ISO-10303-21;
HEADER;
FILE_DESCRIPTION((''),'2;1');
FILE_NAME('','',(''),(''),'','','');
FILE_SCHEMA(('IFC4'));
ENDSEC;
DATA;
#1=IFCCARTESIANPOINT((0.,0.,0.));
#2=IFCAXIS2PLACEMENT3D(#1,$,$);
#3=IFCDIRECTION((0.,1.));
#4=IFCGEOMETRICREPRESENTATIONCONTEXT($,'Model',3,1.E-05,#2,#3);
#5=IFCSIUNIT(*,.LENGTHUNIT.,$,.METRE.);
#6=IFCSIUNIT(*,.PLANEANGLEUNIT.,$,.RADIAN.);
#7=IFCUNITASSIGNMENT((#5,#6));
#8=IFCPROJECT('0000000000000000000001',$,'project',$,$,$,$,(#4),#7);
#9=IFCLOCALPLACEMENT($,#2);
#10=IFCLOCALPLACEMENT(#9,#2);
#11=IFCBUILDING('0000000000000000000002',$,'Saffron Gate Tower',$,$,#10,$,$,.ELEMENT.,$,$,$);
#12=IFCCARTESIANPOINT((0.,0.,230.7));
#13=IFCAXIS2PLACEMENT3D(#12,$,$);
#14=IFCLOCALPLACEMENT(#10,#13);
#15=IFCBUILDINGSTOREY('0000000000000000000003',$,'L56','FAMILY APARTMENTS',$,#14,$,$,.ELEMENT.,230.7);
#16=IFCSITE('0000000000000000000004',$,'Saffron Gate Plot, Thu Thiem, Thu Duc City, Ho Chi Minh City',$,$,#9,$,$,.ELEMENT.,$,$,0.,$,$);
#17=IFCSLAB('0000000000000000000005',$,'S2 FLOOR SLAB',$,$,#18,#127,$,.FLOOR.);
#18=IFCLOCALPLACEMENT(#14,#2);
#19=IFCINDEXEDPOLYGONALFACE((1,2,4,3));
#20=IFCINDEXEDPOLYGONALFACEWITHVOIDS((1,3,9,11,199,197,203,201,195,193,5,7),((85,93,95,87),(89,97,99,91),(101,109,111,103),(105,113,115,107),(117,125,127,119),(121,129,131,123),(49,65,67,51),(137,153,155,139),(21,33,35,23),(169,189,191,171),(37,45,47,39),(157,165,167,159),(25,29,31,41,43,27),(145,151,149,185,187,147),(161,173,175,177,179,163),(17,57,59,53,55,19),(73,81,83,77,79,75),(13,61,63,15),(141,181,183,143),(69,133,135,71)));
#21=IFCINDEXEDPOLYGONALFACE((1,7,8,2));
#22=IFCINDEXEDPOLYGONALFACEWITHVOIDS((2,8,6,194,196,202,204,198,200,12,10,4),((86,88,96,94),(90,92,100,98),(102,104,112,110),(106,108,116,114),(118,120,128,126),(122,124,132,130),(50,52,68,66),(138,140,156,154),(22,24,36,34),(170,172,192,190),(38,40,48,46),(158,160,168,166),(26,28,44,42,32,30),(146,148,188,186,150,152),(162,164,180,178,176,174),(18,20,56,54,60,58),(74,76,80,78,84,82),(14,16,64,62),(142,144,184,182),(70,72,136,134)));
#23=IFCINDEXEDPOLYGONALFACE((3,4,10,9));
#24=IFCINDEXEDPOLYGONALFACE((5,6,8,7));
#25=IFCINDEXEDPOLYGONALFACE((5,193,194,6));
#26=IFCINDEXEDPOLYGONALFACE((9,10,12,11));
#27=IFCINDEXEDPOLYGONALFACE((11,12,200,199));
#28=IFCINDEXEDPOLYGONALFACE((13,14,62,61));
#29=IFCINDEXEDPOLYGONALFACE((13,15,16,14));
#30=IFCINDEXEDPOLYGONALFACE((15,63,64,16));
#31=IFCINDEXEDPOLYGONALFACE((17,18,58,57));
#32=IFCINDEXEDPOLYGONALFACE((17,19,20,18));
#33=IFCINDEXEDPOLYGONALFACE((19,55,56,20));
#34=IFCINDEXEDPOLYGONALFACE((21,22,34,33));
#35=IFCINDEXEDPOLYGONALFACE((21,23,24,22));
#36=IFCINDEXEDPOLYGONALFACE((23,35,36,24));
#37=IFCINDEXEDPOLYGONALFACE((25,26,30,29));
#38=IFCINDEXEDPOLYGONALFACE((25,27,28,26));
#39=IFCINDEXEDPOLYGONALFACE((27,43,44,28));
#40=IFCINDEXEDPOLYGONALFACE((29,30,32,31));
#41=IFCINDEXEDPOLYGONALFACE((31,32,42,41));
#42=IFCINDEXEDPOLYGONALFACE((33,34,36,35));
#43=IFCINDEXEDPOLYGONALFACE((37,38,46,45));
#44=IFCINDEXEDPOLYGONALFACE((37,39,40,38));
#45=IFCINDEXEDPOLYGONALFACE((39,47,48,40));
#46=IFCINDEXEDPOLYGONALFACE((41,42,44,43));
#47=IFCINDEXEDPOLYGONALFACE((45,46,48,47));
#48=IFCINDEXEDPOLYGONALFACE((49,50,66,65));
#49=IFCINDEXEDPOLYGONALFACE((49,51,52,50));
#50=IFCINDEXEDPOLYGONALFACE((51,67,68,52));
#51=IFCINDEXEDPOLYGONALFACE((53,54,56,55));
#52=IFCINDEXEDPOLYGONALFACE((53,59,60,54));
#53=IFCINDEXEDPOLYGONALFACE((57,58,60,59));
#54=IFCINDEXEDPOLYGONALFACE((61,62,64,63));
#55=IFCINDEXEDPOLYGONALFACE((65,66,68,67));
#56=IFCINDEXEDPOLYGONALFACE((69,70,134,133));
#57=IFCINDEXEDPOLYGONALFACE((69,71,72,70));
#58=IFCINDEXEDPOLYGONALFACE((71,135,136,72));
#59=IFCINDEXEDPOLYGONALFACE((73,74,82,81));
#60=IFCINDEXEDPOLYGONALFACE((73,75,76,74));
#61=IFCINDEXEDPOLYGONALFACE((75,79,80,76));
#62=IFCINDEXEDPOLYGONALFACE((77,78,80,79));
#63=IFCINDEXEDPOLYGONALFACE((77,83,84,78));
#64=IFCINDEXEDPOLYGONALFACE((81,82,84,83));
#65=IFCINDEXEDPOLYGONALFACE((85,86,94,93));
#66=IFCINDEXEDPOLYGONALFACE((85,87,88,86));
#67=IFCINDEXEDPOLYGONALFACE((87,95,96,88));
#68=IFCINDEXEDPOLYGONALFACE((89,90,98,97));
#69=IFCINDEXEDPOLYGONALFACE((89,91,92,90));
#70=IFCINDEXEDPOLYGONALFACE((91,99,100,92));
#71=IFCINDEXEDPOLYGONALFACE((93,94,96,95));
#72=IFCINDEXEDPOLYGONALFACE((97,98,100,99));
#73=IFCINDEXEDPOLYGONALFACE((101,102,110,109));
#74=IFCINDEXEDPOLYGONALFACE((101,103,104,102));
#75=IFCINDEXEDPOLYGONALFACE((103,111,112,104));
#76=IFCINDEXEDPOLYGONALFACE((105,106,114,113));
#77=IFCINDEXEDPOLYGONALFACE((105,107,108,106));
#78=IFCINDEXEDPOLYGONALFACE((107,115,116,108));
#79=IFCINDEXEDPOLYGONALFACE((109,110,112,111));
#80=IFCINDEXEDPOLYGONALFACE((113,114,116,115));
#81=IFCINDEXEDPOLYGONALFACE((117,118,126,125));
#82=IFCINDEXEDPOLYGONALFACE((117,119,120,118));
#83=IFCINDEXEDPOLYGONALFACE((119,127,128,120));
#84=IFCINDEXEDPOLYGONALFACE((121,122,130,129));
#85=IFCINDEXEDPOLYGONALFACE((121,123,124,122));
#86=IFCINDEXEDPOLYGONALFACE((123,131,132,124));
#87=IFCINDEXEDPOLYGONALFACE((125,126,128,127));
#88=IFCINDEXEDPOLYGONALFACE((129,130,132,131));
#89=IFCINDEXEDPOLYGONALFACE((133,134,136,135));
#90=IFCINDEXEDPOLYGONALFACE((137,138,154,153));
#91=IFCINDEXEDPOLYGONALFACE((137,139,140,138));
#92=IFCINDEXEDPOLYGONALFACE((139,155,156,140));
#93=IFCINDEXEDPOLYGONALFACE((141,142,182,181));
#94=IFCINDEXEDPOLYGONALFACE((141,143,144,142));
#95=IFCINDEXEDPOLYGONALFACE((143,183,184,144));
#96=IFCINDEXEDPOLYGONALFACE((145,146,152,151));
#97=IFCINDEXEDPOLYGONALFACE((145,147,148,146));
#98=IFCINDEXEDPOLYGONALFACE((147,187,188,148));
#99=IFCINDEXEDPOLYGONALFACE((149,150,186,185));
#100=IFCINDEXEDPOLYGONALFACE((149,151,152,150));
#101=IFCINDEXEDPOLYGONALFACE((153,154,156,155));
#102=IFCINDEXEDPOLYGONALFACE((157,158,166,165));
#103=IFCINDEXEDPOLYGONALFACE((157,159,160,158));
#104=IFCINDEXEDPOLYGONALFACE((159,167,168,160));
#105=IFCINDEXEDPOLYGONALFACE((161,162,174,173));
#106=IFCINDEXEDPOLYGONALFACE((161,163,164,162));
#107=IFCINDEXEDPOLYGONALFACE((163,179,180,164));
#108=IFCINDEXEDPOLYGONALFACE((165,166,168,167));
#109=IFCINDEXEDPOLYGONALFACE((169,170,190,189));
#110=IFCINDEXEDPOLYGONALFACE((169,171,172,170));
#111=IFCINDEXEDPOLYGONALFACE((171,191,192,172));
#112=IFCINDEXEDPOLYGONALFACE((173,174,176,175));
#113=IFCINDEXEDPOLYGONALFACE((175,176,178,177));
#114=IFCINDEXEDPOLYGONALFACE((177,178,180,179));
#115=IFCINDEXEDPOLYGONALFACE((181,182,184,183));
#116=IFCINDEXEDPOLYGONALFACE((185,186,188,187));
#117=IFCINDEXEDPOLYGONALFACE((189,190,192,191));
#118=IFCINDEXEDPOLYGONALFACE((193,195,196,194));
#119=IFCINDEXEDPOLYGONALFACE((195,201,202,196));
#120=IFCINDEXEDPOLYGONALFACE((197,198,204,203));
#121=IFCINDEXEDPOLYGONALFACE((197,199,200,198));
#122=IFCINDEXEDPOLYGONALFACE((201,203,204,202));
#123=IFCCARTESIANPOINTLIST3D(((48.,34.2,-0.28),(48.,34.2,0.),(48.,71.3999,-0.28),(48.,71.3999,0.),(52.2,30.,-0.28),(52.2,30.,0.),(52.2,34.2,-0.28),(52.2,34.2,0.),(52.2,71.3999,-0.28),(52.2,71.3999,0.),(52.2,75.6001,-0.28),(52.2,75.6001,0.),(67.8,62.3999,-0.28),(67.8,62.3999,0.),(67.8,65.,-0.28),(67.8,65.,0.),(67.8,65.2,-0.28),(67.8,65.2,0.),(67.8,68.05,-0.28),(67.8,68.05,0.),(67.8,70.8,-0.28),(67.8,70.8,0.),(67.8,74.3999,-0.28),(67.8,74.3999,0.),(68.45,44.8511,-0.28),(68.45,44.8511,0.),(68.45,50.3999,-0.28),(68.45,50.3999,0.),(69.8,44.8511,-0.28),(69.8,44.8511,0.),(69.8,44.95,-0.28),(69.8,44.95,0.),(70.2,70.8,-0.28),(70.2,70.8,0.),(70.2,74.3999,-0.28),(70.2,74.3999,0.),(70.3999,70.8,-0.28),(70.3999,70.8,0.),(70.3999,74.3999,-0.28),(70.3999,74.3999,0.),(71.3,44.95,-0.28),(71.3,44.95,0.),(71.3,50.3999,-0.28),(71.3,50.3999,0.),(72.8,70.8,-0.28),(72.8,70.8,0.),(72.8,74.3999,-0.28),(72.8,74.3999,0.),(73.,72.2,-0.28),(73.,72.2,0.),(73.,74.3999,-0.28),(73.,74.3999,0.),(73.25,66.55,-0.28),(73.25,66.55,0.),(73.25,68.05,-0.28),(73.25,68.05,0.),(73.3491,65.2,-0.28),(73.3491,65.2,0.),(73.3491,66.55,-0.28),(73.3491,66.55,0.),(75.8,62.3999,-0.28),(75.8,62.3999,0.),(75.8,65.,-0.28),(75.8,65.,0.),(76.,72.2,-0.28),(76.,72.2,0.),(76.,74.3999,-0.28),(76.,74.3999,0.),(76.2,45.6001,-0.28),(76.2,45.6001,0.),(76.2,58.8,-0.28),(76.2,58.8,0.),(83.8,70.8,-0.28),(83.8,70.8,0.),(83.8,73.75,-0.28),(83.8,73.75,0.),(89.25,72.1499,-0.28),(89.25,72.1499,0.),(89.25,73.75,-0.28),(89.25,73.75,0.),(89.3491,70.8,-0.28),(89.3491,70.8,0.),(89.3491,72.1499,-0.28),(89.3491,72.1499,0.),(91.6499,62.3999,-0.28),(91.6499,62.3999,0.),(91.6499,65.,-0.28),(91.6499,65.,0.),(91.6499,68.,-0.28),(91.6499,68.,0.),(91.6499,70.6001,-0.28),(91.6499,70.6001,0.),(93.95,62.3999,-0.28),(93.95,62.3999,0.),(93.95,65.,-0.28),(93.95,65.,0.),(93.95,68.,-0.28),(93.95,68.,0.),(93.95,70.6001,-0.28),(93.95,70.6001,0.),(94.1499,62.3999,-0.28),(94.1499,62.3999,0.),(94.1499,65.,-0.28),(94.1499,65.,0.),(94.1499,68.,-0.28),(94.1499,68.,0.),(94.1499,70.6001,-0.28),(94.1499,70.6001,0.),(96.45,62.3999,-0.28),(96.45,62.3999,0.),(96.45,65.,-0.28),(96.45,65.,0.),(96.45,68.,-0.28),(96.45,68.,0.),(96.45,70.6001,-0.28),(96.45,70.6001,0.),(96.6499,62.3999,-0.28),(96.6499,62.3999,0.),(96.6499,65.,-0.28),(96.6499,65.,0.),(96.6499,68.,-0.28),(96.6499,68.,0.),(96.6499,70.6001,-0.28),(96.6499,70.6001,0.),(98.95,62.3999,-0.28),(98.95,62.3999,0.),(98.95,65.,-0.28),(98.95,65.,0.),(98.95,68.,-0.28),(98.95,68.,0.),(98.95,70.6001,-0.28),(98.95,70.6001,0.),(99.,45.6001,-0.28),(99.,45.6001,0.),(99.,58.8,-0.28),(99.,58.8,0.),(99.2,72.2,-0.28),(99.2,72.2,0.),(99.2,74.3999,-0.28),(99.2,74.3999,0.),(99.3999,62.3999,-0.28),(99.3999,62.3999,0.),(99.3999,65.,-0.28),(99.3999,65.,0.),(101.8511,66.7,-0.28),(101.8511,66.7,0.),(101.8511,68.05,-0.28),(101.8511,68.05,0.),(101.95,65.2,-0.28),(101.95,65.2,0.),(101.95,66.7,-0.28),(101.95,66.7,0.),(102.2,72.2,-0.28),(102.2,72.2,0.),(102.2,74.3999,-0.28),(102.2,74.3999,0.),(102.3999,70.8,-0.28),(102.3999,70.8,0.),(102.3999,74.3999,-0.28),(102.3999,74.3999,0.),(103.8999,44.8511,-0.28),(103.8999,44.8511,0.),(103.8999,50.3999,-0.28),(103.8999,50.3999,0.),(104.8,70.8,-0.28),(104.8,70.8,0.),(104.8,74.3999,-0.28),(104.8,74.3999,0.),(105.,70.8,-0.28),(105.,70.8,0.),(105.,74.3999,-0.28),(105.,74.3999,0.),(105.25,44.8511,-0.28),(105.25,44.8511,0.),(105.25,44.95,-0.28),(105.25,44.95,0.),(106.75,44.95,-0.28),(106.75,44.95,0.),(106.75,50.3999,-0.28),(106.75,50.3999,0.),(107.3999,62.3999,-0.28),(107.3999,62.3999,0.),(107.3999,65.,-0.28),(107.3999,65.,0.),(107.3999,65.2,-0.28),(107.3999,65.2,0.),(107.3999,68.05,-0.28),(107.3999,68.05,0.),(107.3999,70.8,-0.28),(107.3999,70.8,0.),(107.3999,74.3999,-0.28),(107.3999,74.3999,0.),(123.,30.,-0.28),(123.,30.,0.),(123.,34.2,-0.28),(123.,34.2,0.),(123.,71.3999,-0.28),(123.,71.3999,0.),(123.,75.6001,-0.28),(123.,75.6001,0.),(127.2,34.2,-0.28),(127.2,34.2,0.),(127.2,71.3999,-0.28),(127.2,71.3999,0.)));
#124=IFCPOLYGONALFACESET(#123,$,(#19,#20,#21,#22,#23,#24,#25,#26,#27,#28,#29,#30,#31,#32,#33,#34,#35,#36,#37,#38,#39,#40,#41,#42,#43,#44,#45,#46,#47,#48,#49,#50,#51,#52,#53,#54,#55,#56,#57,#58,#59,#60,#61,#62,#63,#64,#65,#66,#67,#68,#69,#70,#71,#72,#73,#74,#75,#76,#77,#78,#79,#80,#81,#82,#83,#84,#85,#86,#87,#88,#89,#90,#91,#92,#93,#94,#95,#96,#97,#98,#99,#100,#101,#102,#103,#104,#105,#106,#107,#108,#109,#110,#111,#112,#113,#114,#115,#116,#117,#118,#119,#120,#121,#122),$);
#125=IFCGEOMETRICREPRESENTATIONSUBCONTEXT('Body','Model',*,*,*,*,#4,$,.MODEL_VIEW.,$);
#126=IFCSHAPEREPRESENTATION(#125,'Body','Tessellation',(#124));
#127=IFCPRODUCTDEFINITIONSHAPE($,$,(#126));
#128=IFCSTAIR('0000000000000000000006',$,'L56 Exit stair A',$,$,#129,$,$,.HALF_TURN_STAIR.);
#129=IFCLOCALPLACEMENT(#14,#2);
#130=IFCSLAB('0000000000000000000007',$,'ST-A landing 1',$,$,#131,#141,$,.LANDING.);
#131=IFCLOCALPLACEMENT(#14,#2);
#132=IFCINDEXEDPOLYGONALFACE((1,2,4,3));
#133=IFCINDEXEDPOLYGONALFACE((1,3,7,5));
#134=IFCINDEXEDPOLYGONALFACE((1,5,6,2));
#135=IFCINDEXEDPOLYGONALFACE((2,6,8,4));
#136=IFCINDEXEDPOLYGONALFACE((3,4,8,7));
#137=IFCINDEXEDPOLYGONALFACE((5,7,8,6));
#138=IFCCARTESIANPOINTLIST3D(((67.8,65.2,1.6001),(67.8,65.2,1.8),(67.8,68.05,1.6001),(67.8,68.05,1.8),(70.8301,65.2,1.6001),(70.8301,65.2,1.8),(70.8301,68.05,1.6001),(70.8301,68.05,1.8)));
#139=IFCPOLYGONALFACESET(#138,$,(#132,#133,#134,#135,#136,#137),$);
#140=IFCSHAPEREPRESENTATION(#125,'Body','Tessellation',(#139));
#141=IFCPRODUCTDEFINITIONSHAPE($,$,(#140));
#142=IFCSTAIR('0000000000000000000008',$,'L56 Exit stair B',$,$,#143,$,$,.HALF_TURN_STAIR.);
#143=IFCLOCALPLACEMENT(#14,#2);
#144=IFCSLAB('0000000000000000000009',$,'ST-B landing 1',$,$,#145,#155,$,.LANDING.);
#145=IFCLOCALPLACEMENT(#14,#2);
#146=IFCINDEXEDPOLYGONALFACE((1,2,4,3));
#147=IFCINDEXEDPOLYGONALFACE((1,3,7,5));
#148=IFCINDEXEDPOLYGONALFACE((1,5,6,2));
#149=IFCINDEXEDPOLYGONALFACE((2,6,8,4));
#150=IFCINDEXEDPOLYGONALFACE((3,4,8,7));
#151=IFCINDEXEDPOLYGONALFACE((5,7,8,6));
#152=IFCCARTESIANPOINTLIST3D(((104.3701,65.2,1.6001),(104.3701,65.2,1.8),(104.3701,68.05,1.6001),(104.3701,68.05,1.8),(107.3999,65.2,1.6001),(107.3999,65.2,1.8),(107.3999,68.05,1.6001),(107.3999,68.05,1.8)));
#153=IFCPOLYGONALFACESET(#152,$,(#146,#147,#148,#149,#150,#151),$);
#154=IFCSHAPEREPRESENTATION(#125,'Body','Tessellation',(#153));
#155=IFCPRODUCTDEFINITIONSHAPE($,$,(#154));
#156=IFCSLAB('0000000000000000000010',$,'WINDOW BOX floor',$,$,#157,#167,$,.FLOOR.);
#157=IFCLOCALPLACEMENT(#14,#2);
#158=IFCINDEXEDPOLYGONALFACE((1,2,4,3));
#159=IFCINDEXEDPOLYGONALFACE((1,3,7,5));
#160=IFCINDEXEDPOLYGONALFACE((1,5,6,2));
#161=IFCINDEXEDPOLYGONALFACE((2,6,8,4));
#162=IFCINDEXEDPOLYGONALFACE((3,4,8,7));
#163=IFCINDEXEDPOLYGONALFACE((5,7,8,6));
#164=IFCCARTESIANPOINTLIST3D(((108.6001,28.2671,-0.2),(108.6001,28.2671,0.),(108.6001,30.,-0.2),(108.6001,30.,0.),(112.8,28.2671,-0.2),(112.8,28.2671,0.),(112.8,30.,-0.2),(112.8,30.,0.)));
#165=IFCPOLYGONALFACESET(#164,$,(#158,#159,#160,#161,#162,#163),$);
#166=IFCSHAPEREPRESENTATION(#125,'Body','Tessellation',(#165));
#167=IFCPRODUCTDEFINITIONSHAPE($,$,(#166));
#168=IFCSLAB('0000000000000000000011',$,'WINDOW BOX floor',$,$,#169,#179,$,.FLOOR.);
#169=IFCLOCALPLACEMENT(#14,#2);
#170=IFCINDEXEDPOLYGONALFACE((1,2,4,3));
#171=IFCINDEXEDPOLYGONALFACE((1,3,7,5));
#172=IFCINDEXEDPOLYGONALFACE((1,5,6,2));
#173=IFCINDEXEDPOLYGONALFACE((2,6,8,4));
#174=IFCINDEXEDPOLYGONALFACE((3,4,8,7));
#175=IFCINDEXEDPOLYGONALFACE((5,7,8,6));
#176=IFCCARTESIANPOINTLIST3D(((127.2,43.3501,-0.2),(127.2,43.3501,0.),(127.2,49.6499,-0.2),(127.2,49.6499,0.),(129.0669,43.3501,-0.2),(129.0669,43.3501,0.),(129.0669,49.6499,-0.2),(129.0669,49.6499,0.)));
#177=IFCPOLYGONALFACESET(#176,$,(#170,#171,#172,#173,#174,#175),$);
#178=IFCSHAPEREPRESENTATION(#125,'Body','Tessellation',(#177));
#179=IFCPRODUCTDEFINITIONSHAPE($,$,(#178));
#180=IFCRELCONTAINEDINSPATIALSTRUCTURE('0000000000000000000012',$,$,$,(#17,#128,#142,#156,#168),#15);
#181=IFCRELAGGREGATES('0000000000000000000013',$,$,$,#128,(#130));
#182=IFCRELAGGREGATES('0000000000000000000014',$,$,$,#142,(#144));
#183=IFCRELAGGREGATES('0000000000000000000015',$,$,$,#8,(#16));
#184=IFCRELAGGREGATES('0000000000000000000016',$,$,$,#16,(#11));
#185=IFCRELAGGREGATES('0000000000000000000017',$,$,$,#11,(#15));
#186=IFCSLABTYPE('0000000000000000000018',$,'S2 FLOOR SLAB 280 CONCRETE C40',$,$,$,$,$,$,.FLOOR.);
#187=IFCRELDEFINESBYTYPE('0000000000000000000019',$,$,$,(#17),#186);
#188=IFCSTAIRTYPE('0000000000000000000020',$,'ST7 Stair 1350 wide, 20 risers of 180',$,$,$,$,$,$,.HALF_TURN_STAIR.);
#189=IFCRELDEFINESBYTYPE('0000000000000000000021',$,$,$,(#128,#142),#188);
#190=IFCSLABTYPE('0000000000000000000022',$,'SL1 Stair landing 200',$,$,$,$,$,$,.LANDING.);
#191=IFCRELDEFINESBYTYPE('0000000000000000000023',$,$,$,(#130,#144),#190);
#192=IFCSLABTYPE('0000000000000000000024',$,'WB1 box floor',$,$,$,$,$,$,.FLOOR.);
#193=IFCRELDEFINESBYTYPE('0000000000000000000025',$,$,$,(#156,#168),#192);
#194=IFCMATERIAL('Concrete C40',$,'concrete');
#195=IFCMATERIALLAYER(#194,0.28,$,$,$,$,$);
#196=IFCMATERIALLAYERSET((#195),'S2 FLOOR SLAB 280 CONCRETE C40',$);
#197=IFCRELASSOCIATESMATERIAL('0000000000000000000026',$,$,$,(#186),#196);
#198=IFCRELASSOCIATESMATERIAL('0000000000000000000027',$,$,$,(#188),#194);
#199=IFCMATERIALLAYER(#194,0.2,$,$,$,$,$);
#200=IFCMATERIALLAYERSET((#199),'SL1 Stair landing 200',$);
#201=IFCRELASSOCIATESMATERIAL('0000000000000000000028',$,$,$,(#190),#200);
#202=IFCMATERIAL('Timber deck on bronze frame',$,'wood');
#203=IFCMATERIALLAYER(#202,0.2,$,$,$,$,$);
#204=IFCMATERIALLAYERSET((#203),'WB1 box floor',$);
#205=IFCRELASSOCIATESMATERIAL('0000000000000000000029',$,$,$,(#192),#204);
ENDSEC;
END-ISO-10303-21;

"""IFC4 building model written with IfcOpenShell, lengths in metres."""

from ifc_helpers import new_model, si_unit, direction, frame, origin, place, context, subcontext, project, spatial, polyline, outline, extrude, material, layer, layer_set, type_object, element, aggregate, save


model = new_model("IFC4")

# Units and contexts
model_context = context("Model", 3, precision=1e-05, world=origin(), true_north=direction((0.0, 1.0)))
body_context = subcontext(model_context, "Body", "Model", "MODEL_VIEW")
ifc_project = project(units=[si_unit("LENGTHUNIT", "METRE"), si_unit("PLANEANGLEUNIT", "RADIAN")], contexts=[model_context])

# Site, building, storey
site_placement = place(None, origin())
site = spatial("IfcSite", under=ifc_project, at=site_placement, Name="Saffron Gate Plot, Thu Thiem, Thu Duc City, Ho Chi Minh City", CompositionType="ELEMENT", RefElevation=0.0)
building_placement = place(site_placement, origin())
building = spatial("IfcBuilding", under=site, at=building_placement, Name="Saffron Gate Tower", CompositionType="ELEMENT")
storey_placement = place(building_placement, frame((0.0, 0.0, 230.7)))
storey = spatial("IfcBuildingStorey", under=building, at=storey_placement, Name="L56", Description="FAMILY APARTMENTS", CompositionType="ELEMENT", Elevation=230.7)

# Slab
ifc_material_1 = material(Name="Concrete C40", Category="concrete")
ifc_layer_1 = layer(ifc_material_1, 0.28)
ifc_layer_set_1 = layer_set([ifc_layer_1], Name="S2 FLOOR SLAB 280 CONCRETE C40")
slab_type_1 = type_object("IfcSlabType", Name="S2 FLOOR SLAB 280 CONCRETE C40", PredefinedType="FLOOR", material=ifc_layer_set_1)
slab_1_placement = place(storey_placement, frame((0.0, 0.0, -0.28)))
element("IfcSlab", 1, at=slab_1_placement, inside=storey, type_object=slab_type_1, Name="S2 FLOOR SLAB", PredefinedType="FLOOR", context=body_context, shape_type="SweptSolid", body=[
    extrude(outline(polyline([(48.0, 34.2), (52.2, 34.2), (52.2, 30.0), (123.0, 30.0), (123.0, 34.2), (127.2, 34.2), (127.2, 71.3999), (123.0, 71.3999), (123.0, 75.6001), (52.2, 75.6001), (52.2, 71.3999), (48.0, 71.3999), (48.0, 34.2)]), holes=[polyline([(67.8, 62.3999), (67.8, 65.0), (75.8, 65.0), (75.8, 62.3999), (67.8, 62.3999)]), polyline([(67.8, 65.2), (67.8, 68.05), (73.25, 68.05), (73.25, 66.55), (73.3491, 66.55), (73.3491, 65.2), (67.8, 65.2)]), polyline([(67.8, 70.8), (67.8, 74.3999), (70.2, 74.3999), (70.2, 70.8), (67.8, 70.8)]), polyline([(68.45, 44.8511), (68.45, 50.3999), (71.3, 50.3999), (71.3, 44.95), (69.8, 44.95), (69.8, 44.8511), (68.45, 44.8511)]), polyline([(70.3999, 70.8), (70.3999, 74.3999), (72.8, 74.3999), (72.8, 70.8), (70.3999, 70.8)]), polyline([(73.0, 72.2), (73.0, 74.3999), (76.0, 74.3999), (76.0, 72.2), (73.0, 72.2)]), polyline([(76.2, 45.6001), (76.2, 58.8), (99.0, 58.8), (99.0, 45.6001), (76.2, 45.6001)]), polyline([(83.8, 70.8), (83.8, 73.75), (89.25, 73.75), (89.25, 72.1499), (89.3491, 72.1499), (89.3491, 70.8), (83.8, 70.8)]), polyline([(91.6499, 62.3999), (91.6499, 65.0), (93.95, 65.0), (93.95, 62.3999), (91.6499, 62.3999)]), polyline([(91.6499, 68.0), (91.6499, 70.6001), (93.95, 70.6001), (93.95, 68.0), (91.6499, 68.0)]), polyline([(94.1499, 62.3999), (94.1499, 65.0), (96.45, 65.0), (96.45, 62.3999), (94.1499, 62.3999)]), polyline([(94.1499, 68.0), (94.1499, 70.6001), (96.45, 70.6001), (96.45, 68.0), (94.1499, 68.0)]), polyline([(96.6499, 62.3999), (96.6499, 65.0), (98.95, 65.0), (98.95, 62.3999), (96.6499, 62.3999)]), polyline([(96.6499, 68.0), (96.6499, 70.6001), (98.95, 70.6001), (98.95, 68.0), (96.6499, 68.0)]), polyline([(99.2, 72.2), (99.2, 74.3999), (102.2, 74.3999), (102.2, 72.2), (99.2, 72.2)]), polyline([(99.3999, 62.3999), (99.3999, 65.0), (107.3999, 65.0), (107.3999, 62.3999), (99.3999, 62.3999)]), polyline([(101.8511, 66.7), (101.8511, 68.05), (107.3999, 68.05), (107.3999, 65.2), (101.95, 65.2), (101.95, 66.7), (101.8511, 66.7)]), polyline([(102.3999, 70.8), (102.3999, 74.3999), (104.8, 74.3999), (104.8, 70.8), (102.3999, 70.8)]), polyline([(103.8999, 44.8511), (103.8999, 50.3999), (106.75, 50.3999), (106.75, 44.95), (105.25, 44.95), (105.25, 44.8511), (103.8999, 44.8511)]), polyline([(105.0, 70.8), (105.0, 74.3999), (107.3999, 74.3999), (107.3999, 70.8), (105.0, 70.8)])]), origin(), (0.0, 0.0, 1.0), 0.28),
])

# Stairs, slabs
stair_type = type_object("IfcStairType", Name="ST7 Stair 1350 wide, 20 risers of 180", PredefinedType="HALF_TURN_STAIR", material=ifc_material_1)
stair_1_placement = place(storey_placement, origin())
stair_1 = element("IfcStair", 2, at=stair_1_placement, inside=storey, type_object=stair_type, Name="L56 Exit stair A", PredefinedType="HALF_TURN_STAIR")
ifc_layer_2 = layer(ifc_material_1, 0.2)
ifc_layer_set_2 = layer_set([ifc_layer_2], Name="SL1 Stair landing 200")
slab_type_2 = type_object("IfcSlabType", Name="SL1 Stair landing 200", PredefinedType="LANDING", material=ifc_layer_set_2)
slab_2_placement = place(storey_placement, frame((0.0, 0.0, 1.6001)))
slab_2 = element("IfcSlab", 3, at=slab_2_placement, type_object=slab_type_2, Name="ST-A landing 1", PredefinedType="LANDING", context=body_context, shape_type="SweptSolid", body=[
    extrude(outline(polyline([(70.8301, 68.05), (67.8, 68.05), (67.8, 65.2), (70.8301, 65.2), (70.8301, 68.05)])), origin(), (0.0, 0.0, 1.0), 0.2),
])
aggregate(stair_1, [slab_2])
stair_2_placement = place(storey_placement, origin())
stair_2 = element("IfcStair", 4, at=stair_2_placement, inside=storey, type_object=stair_type, Name="L56 Exit stair B", PredefinedType="HALF_TURN_STAIR")
slab_3_placement = place(storey_placement, frame((0.0, 0.0, 1.6001)))
slab_3 = element("IfcSlab", 5, at=slab_3_placement, type_object=slab_type_2, Name="ST-B landing 1", PredefinedType="LANDING", context=body_context, shape_type="SweptSolid", body=[
    extrude(outline(polyline([(104.3701, 65.2), (107.3999, 65.2), (107.3999, 68.05), (104.3701, 68.05), (104.3701, 65.2)])), origin(), (0.0, 0.0, 1.0), 0.2),
])
aggregate(stair_2, [slab_3])

# Slabs
ifc_material_2 = material(Name="Timber deck on bronze frame", Category="wood")
ifc_layer_3 = layer(ifc_material_2, 0.2)
ifc_layer_set_3 = layer_set([ifc_layer_3], Name="WB1 box floor")
slab_type_3 = type_object("IfcSlabType", Name="WB1 box floor", PredefinedType="FLOOR", material=ifc_layer_set_3)
slab_4_placement = place(storey_placement, frame((0.0, 0.0, -0.2)))
element("IfcSlab", 6, at=slab_4_placement, inside=storey, type_object=slab_type_3, Name="WINDOW BOX floor", PredefinedType="FLOOR", context=body_context, shape_type="SweptSolid", body=[
    extrude(outline(polyline([(108.6001, 30.0), (112.8, 30.0), (112.8, 28.2671), (108.6001, 28.2671), (108.6001, 30.0)])), origin(), (0.0, 0.0, 1.0), 0.2),
])
slab_5_placement = place(storey_placement, frame((0.0, 0.0, -0.2)))
element("IfcSlab", 7, at=slab_5_placement, inside=storey, type_object=slab_type_3, Name="WINDOW BOX floor", PredefinedType="FLOOR", context=body_context, shape_type="SweptSolid", body=[
    extrude(outline(polyline([(127.2, 43.3501), (127.2, 49.6499), (129.0669, 49.6499), (129.0669, 43.3501), (127.2, 43.3501)])), origin(), (0.0, 0.0, 1.0), 0.2),
])

save(model, "model.ifc")
